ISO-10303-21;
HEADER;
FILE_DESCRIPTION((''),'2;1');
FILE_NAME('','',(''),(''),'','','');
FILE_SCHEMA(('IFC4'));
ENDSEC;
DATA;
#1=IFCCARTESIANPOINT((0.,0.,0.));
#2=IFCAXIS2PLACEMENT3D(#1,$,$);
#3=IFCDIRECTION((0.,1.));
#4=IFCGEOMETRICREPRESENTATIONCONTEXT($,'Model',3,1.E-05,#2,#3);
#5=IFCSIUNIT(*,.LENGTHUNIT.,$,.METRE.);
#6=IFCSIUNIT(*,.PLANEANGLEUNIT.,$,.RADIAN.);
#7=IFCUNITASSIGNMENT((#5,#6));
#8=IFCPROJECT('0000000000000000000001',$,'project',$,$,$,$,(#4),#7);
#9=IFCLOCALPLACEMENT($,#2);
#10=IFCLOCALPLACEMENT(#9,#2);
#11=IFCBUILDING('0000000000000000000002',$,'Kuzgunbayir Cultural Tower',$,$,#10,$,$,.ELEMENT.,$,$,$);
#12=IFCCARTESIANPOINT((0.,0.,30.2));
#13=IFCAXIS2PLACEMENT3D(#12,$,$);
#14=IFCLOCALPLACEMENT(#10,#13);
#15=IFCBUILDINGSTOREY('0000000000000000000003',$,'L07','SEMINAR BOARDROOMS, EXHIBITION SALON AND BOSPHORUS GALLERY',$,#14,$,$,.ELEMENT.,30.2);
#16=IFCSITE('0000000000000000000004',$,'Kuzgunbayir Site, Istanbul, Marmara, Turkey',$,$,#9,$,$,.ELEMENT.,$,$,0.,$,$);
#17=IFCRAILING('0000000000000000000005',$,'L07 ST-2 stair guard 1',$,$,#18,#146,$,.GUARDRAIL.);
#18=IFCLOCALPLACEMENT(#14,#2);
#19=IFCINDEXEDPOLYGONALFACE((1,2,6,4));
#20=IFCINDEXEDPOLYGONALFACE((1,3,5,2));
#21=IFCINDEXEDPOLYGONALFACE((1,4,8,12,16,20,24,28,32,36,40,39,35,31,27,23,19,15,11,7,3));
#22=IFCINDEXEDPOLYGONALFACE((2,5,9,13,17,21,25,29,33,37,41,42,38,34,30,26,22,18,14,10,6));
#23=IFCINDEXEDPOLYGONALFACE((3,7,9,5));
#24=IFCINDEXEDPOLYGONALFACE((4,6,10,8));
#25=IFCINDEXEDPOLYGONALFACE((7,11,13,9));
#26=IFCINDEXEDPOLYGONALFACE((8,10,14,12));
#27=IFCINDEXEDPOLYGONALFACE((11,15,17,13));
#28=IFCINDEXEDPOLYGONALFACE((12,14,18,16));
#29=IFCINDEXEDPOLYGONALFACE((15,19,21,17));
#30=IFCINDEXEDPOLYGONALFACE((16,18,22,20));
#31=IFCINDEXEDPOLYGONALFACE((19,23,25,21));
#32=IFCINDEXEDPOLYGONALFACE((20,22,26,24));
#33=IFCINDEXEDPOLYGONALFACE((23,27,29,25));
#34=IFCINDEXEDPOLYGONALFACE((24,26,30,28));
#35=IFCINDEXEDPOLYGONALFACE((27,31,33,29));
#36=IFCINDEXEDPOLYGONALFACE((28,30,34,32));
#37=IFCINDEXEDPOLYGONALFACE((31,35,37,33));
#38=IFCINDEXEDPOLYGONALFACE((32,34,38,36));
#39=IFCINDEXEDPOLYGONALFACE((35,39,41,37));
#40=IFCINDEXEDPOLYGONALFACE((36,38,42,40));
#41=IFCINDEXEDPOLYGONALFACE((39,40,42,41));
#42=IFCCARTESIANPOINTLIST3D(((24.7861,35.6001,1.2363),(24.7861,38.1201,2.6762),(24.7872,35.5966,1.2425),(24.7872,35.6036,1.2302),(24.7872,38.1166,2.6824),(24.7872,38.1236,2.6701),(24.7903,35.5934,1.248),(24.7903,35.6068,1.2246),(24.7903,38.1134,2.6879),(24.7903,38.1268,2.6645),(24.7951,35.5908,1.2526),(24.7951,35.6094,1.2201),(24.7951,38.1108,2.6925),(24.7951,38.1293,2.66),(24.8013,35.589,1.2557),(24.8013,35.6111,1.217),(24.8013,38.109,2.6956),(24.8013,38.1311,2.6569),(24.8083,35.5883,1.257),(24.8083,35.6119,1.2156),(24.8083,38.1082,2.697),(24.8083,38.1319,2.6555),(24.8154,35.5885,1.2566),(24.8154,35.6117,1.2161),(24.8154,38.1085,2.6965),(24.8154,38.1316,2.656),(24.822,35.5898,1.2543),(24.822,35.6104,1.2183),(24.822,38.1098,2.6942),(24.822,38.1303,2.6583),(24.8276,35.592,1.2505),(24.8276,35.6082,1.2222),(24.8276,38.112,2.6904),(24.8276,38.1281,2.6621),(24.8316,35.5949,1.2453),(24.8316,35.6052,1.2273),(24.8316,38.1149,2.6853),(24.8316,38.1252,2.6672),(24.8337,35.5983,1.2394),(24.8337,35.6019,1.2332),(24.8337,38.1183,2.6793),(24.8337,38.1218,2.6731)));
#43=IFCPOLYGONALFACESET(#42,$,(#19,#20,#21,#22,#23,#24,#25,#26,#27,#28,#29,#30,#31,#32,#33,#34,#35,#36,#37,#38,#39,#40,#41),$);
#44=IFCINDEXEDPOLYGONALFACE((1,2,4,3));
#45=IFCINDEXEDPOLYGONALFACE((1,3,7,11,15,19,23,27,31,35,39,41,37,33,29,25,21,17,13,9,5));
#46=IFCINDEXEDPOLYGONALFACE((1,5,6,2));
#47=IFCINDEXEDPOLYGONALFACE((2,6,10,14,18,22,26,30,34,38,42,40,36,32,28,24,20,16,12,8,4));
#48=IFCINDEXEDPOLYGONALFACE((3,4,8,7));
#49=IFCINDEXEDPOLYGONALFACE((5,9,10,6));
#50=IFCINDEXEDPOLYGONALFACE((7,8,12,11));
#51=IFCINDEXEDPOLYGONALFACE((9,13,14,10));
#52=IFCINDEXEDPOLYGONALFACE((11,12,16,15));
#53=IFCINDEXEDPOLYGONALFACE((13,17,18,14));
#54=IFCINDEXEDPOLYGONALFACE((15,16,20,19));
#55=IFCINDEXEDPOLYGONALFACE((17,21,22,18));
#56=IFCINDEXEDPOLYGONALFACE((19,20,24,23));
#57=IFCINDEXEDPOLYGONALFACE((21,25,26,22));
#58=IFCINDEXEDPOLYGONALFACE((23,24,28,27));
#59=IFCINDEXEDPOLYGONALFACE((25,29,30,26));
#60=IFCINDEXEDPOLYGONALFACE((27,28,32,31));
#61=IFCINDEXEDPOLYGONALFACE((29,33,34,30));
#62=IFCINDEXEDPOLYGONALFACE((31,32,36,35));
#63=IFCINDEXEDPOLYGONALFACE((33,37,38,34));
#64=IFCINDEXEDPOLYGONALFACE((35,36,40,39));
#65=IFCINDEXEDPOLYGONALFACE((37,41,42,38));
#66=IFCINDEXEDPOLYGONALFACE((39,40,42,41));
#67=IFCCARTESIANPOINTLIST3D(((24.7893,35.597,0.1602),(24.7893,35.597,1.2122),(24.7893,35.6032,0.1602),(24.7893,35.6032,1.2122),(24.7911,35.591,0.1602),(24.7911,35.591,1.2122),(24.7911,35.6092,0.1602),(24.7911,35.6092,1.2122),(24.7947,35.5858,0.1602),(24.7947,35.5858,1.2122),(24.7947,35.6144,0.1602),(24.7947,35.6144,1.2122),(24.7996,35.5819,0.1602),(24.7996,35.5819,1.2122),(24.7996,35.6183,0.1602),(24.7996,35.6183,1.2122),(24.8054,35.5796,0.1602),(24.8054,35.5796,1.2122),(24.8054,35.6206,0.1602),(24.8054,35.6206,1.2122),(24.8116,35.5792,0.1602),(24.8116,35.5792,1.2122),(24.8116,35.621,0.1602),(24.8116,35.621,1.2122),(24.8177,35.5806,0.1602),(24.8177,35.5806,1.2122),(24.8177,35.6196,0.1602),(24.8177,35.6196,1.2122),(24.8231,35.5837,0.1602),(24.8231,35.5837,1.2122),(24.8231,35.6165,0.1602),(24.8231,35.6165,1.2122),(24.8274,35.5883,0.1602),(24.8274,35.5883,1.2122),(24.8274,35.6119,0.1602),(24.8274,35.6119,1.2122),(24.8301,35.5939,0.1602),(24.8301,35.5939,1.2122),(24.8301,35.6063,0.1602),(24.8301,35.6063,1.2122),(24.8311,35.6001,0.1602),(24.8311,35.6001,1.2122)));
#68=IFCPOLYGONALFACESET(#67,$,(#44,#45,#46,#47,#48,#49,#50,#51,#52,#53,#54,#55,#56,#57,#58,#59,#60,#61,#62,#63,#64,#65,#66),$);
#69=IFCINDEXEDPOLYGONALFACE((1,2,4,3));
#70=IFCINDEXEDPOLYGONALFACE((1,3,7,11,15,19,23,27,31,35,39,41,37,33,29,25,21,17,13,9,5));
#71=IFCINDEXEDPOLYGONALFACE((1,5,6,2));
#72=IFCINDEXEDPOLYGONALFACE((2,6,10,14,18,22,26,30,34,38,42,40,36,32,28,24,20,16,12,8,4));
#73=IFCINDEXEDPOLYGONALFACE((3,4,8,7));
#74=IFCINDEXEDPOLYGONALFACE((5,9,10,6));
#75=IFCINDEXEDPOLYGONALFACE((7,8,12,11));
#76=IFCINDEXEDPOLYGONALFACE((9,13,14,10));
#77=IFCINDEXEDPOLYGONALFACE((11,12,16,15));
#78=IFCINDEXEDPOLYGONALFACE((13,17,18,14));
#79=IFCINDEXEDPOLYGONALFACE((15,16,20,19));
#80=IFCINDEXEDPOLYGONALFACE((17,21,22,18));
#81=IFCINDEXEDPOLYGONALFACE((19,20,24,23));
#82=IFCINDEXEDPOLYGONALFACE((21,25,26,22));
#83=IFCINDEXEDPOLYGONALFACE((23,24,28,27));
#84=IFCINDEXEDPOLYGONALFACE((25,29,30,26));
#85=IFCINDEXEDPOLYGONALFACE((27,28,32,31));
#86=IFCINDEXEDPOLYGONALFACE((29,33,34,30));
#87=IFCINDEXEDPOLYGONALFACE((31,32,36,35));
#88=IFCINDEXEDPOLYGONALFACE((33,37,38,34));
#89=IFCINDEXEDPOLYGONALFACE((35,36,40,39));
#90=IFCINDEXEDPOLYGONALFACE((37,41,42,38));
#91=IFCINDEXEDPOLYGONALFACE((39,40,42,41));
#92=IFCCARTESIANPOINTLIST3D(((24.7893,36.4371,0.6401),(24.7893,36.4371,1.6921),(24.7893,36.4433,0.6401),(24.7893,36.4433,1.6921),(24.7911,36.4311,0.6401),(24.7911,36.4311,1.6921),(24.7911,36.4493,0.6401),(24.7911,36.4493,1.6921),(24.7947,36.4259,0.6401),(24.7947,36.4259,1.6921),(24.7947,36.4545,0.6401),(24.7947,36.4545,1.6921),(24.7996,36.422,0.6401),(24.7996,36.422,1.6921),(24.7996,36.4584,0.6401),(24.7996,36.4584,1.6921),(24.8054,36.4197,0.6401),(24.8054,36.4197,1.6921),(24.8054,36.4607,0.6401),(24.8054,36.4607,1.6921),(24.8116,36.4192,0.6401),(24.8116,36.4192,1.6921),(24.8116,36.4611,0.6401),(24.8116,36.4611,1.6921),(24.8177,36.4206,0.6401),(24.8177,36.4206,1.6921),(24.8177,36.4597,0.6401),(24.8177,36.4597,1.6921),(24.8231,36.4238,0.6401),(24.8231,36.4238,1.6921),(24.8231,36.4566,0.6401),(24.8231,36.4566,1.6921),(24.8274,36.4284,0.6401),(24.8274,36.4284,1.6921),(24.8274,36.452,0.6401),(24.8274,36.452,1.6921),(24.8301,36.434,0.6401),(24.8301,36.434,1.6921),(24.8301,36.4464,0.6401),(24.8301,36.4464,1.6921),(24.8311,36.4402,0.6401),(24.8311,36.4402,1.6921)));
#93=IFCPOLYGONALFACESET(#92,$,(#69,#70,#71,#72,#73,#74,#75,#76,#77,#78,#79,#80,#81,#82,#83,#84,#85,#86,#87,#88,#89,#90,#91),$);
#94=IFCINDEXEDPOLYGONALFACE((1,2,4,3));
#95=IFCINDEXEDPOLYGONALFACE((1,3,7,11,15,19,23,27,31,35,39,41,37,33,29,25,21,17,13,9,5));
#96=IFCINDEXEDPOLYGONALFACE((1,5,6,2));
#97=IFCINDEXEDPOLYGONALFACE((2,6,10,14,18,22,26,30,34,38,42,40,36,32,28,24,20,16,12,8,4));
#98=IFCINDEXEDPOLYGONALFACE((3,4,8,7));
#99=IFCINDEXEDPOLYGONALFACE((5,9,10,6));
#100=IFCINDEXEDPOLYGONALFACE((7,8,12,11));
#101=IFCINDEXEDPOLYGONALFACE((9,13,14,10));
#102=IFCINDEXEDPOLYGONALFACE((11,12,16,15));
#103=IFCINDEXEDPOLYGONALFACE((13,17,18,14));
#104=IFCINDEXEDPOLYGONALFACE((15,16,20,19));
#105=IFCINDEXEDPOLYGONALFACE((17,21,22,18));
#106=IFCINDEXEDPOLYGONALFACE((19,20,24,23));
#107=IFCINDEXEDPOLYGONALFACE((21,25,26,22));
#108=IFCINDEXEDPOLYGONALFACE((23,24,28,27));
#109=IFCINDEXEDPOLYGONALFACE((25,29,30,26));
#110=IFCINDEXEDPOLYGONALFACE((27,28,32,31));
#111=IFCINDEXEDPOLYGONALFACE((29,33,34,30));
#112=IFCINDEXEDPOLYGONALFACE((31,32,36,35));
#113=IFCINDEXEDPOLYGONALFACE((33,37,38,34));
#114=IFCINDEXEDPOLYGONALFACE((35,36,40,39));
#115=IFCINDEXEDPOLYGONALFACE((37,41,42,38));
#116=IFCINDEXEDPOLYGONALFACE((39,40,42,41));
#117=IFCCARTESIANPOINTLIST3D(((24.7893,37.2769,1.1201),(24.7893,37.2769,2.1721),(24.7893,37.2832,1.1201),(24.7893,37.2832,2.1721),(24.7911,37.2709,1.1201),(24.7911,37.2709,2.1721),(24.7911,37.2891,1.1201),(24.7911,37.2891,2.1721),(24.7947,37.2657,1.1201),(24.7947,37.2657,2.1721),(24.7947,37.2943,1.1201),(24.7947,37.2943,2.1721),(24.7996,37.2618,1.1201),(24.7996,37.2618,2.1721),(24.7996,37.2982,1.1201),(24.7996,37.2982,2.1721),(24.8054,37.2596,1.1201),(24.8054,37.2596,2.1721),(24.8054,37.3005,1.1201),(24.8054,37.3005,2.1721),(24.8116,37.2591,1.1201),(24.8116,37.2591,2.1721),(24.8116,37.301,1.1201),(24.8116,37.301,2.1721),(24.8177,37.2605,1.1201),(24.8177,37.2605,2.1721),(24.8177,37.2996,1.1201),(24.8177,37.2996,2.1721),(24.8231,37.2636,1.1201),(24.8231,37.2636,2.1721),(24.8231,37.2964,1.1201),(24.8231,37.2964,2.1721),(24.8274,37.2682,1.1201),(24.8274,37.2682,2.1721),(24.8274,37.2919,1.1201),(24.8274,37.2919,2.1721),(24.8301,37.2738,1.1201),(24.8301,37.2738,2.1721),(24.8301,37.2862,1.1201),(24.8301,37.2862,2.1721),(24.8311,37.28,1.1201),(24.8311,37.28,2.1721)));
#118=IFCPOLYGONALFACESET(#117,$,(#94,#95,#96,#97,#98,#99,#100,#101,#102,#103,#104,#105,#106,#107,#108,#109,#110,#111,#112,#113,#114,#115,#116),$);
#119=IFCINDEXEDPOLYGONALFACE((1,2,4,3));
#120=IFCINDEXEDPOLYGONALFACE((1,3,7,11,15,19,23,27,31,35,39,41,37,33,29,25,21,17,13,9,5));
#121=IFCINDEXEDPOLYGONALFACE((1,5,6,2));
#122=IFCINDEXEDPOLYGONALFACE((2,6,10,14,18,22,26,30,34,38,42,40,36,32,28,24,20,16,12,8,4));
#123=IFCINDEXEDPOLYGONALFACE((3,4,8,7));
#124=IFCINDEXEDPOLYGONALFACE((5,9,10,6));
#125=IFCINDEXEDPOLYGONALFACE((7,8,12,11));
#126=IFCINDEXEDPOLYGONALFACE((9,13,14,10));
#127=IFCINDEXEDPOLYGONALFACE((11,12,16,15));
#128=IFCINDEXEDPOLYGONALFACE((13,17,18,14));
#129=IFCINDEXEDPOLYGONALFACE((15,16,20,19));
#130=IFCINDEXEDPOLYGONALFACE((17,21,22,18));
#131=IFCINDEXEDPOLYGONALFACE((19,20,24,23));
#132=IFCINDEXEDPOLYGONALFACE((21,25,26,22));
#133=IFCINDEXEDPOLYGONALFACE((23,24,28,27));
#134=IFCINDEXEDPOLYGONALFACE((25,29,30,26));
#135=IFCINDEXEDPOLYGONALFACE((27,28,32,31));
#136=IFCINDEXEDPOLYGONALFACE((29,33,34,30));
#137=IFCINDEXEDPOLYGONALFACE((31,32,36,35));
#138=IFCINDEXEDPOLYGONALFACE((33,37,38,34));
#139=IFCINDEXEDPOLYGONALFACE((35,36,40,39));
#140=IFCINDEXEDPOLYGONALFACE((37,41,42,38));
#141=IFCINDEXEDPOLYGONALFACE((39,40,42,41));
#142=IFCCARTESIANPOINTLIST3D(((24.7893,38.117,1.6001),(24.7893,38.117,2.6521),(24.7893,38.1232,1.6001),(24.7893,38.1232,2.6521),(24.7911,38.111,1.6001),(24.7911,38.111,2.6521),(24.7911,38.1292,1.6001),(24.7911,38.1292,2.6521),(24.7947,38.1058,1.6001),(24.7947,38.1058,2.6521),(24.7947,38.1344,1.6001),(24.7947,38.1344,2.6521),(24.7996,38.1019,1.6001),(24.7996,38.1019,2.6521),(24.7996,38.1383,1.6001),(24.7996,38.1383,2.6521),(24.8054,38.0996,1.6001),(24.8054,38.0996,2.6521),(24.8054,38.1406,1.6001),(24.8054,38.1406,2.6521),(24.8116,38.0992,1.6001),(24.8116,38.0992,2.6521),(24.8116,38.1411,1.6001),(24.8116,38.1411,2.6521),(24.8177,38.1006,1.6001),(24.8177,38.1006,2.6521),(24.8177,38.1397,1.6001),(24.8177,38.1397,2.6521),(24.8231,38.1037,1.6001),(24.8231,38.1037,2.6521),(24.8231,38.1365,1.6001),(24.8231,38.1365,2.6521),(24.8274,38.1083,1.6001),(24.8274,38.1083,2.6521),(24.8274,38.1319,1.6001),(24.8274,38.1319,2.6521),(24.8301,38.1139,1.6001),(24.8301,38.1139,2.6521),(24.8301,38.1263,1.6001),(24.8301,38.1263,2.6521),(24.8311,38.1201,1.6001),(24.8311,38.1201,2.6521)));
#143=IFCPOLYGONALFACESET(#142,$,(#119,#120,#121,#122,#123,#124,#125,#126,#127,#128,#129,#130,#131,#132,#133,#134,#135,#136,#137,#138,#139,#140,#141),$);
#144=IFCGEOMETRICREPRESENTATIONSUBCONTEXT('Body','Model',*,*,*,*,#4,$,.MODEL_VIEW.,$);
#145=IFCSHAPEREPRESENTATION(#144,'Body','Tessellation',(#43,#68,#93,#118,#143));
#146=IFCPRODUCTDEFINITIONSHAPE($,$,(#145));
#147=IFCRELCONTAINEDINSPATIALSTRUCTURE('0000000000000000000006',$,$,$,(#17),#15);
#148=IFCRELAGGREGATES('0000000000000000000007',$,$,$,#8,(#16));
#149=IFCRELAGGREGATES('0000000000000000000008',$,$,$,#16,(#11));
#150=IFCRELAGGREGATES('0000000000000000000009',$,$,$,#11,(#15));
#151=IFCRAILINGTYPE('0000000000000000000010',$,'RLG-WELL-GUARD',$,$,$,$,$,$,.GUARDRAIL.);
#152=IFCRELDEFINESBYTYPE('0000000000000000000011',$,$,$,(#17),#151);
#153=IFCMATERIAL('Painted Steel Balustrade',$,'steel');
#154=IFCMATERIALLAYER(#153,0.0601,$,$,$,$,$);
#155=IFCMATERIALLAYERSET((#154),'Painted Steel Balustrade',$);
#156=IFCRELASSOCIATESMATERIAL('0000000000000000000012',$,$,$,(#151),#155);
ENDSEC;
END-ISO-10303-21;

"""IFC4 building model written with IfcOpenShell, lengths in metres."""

from ifc_helpers import new_model, si_unit, direction, frame, origin, origin_2d, place, context, subcontext, project, spatial, circle, extrude, material, layer, layer_set, type_object, element, save


model = new_model("IFC4")

# Units and contexts
model_context = context("Model", 3, precision=1e-05, world=origin(), true_north=direction((0.0, 1.0)))
body_context = subcontext(model_context, "Body", "Model", "MODEL_VIEW")
ifc_project = project(units=[si_unit("LENGTHUNIT", "METRE"), si_unit("PLANEANGLEUNIT", "RADIAN")], contexts=[model_context])

# Site, building, storey
site_placement = place(None, origin())
site = spatial("IfcSite", under=ifc_project, at=site_placement, Name="Kuzgunbayir Site, Istanbul, Marmara, Turkey", CompositionType="ELEMENT", RefElevation=0.0)
building_placement = place(site_placement, origin())
building = spatial("IfcBuilding", under=site, at=building_placement, Name="Kuzgunbayir Cultural Tower", CompositionType="ELEMENT")
storey_placement = place(building_placement, frame((0.0, 0.0, 30.2)))
storey = spatial("IfcBuildingStorey", under=building, at=storey_placement, Name="L07", Description="SEMINAR BOARDROOMS, EXHIBITION SALON AND BOSPHORUS GALLERY", CompositionType="ELEMENT", Elevation=30.2)

# Railing
ifc_material_1 = material(Name="Painted Steel Balustrade", Category="steel")
ifc_layer_1 = layer(ifc_material_1, 0.0601)
ifc_layer_set_1 = layer_set([ifc_layer_1], Name="Painted Steel Balustrade")
railing_type_1 = type_object("IfcRailingType", Name="RLG-WELL-GUARD", PredefinedType="GUARDRAIL", material=ifc_layer_set_1)
railing_1_placement = place(storey_placement, frame((24.8101, 35.6001, 0.1602)))
element("IfcRailing", 1, at=railing_1_placement, inside=storey, type_object=railing_type_1, Name="L07 ST-2 stair guard 1", PredefinedType="GUARDRAIL", context=body_context, shape_type="SweptSolid", body=[
    extrude(circle(Radius=0.0239, at=origin_2d()), frame((0.0, 0.0, 1.0762), z_axis=(0.0, 0.868253, 0.496121), x_axis=(-1.0, 0.0, 0.0)), (0.0, 0.0, 1.0), 2.9023),
    extrude(circle(Radius=0.021, at=origin_2d()), origin(), (0.0, 0.0, 1.0), 1.052),
    extrude(circle(Radius=0.021, at=origin_2d()), frame((0.0, 0.8401, 0.48)), (0.0, 0.0, 1.0), 1.052),
    extrude(circle(Radius=0.021, at=origin_2d()), frame((0.0, 1.6799, 0.96)), (0.0, 0.0, 1.0), 1.052),
    extrude(circle(Radius=0.021, at=origin_2d()), frame((0.0, 2.52, 1.4399)), (0.0, 0.0, 1.0), 1.052),
])

save(model, "model.ifc")
